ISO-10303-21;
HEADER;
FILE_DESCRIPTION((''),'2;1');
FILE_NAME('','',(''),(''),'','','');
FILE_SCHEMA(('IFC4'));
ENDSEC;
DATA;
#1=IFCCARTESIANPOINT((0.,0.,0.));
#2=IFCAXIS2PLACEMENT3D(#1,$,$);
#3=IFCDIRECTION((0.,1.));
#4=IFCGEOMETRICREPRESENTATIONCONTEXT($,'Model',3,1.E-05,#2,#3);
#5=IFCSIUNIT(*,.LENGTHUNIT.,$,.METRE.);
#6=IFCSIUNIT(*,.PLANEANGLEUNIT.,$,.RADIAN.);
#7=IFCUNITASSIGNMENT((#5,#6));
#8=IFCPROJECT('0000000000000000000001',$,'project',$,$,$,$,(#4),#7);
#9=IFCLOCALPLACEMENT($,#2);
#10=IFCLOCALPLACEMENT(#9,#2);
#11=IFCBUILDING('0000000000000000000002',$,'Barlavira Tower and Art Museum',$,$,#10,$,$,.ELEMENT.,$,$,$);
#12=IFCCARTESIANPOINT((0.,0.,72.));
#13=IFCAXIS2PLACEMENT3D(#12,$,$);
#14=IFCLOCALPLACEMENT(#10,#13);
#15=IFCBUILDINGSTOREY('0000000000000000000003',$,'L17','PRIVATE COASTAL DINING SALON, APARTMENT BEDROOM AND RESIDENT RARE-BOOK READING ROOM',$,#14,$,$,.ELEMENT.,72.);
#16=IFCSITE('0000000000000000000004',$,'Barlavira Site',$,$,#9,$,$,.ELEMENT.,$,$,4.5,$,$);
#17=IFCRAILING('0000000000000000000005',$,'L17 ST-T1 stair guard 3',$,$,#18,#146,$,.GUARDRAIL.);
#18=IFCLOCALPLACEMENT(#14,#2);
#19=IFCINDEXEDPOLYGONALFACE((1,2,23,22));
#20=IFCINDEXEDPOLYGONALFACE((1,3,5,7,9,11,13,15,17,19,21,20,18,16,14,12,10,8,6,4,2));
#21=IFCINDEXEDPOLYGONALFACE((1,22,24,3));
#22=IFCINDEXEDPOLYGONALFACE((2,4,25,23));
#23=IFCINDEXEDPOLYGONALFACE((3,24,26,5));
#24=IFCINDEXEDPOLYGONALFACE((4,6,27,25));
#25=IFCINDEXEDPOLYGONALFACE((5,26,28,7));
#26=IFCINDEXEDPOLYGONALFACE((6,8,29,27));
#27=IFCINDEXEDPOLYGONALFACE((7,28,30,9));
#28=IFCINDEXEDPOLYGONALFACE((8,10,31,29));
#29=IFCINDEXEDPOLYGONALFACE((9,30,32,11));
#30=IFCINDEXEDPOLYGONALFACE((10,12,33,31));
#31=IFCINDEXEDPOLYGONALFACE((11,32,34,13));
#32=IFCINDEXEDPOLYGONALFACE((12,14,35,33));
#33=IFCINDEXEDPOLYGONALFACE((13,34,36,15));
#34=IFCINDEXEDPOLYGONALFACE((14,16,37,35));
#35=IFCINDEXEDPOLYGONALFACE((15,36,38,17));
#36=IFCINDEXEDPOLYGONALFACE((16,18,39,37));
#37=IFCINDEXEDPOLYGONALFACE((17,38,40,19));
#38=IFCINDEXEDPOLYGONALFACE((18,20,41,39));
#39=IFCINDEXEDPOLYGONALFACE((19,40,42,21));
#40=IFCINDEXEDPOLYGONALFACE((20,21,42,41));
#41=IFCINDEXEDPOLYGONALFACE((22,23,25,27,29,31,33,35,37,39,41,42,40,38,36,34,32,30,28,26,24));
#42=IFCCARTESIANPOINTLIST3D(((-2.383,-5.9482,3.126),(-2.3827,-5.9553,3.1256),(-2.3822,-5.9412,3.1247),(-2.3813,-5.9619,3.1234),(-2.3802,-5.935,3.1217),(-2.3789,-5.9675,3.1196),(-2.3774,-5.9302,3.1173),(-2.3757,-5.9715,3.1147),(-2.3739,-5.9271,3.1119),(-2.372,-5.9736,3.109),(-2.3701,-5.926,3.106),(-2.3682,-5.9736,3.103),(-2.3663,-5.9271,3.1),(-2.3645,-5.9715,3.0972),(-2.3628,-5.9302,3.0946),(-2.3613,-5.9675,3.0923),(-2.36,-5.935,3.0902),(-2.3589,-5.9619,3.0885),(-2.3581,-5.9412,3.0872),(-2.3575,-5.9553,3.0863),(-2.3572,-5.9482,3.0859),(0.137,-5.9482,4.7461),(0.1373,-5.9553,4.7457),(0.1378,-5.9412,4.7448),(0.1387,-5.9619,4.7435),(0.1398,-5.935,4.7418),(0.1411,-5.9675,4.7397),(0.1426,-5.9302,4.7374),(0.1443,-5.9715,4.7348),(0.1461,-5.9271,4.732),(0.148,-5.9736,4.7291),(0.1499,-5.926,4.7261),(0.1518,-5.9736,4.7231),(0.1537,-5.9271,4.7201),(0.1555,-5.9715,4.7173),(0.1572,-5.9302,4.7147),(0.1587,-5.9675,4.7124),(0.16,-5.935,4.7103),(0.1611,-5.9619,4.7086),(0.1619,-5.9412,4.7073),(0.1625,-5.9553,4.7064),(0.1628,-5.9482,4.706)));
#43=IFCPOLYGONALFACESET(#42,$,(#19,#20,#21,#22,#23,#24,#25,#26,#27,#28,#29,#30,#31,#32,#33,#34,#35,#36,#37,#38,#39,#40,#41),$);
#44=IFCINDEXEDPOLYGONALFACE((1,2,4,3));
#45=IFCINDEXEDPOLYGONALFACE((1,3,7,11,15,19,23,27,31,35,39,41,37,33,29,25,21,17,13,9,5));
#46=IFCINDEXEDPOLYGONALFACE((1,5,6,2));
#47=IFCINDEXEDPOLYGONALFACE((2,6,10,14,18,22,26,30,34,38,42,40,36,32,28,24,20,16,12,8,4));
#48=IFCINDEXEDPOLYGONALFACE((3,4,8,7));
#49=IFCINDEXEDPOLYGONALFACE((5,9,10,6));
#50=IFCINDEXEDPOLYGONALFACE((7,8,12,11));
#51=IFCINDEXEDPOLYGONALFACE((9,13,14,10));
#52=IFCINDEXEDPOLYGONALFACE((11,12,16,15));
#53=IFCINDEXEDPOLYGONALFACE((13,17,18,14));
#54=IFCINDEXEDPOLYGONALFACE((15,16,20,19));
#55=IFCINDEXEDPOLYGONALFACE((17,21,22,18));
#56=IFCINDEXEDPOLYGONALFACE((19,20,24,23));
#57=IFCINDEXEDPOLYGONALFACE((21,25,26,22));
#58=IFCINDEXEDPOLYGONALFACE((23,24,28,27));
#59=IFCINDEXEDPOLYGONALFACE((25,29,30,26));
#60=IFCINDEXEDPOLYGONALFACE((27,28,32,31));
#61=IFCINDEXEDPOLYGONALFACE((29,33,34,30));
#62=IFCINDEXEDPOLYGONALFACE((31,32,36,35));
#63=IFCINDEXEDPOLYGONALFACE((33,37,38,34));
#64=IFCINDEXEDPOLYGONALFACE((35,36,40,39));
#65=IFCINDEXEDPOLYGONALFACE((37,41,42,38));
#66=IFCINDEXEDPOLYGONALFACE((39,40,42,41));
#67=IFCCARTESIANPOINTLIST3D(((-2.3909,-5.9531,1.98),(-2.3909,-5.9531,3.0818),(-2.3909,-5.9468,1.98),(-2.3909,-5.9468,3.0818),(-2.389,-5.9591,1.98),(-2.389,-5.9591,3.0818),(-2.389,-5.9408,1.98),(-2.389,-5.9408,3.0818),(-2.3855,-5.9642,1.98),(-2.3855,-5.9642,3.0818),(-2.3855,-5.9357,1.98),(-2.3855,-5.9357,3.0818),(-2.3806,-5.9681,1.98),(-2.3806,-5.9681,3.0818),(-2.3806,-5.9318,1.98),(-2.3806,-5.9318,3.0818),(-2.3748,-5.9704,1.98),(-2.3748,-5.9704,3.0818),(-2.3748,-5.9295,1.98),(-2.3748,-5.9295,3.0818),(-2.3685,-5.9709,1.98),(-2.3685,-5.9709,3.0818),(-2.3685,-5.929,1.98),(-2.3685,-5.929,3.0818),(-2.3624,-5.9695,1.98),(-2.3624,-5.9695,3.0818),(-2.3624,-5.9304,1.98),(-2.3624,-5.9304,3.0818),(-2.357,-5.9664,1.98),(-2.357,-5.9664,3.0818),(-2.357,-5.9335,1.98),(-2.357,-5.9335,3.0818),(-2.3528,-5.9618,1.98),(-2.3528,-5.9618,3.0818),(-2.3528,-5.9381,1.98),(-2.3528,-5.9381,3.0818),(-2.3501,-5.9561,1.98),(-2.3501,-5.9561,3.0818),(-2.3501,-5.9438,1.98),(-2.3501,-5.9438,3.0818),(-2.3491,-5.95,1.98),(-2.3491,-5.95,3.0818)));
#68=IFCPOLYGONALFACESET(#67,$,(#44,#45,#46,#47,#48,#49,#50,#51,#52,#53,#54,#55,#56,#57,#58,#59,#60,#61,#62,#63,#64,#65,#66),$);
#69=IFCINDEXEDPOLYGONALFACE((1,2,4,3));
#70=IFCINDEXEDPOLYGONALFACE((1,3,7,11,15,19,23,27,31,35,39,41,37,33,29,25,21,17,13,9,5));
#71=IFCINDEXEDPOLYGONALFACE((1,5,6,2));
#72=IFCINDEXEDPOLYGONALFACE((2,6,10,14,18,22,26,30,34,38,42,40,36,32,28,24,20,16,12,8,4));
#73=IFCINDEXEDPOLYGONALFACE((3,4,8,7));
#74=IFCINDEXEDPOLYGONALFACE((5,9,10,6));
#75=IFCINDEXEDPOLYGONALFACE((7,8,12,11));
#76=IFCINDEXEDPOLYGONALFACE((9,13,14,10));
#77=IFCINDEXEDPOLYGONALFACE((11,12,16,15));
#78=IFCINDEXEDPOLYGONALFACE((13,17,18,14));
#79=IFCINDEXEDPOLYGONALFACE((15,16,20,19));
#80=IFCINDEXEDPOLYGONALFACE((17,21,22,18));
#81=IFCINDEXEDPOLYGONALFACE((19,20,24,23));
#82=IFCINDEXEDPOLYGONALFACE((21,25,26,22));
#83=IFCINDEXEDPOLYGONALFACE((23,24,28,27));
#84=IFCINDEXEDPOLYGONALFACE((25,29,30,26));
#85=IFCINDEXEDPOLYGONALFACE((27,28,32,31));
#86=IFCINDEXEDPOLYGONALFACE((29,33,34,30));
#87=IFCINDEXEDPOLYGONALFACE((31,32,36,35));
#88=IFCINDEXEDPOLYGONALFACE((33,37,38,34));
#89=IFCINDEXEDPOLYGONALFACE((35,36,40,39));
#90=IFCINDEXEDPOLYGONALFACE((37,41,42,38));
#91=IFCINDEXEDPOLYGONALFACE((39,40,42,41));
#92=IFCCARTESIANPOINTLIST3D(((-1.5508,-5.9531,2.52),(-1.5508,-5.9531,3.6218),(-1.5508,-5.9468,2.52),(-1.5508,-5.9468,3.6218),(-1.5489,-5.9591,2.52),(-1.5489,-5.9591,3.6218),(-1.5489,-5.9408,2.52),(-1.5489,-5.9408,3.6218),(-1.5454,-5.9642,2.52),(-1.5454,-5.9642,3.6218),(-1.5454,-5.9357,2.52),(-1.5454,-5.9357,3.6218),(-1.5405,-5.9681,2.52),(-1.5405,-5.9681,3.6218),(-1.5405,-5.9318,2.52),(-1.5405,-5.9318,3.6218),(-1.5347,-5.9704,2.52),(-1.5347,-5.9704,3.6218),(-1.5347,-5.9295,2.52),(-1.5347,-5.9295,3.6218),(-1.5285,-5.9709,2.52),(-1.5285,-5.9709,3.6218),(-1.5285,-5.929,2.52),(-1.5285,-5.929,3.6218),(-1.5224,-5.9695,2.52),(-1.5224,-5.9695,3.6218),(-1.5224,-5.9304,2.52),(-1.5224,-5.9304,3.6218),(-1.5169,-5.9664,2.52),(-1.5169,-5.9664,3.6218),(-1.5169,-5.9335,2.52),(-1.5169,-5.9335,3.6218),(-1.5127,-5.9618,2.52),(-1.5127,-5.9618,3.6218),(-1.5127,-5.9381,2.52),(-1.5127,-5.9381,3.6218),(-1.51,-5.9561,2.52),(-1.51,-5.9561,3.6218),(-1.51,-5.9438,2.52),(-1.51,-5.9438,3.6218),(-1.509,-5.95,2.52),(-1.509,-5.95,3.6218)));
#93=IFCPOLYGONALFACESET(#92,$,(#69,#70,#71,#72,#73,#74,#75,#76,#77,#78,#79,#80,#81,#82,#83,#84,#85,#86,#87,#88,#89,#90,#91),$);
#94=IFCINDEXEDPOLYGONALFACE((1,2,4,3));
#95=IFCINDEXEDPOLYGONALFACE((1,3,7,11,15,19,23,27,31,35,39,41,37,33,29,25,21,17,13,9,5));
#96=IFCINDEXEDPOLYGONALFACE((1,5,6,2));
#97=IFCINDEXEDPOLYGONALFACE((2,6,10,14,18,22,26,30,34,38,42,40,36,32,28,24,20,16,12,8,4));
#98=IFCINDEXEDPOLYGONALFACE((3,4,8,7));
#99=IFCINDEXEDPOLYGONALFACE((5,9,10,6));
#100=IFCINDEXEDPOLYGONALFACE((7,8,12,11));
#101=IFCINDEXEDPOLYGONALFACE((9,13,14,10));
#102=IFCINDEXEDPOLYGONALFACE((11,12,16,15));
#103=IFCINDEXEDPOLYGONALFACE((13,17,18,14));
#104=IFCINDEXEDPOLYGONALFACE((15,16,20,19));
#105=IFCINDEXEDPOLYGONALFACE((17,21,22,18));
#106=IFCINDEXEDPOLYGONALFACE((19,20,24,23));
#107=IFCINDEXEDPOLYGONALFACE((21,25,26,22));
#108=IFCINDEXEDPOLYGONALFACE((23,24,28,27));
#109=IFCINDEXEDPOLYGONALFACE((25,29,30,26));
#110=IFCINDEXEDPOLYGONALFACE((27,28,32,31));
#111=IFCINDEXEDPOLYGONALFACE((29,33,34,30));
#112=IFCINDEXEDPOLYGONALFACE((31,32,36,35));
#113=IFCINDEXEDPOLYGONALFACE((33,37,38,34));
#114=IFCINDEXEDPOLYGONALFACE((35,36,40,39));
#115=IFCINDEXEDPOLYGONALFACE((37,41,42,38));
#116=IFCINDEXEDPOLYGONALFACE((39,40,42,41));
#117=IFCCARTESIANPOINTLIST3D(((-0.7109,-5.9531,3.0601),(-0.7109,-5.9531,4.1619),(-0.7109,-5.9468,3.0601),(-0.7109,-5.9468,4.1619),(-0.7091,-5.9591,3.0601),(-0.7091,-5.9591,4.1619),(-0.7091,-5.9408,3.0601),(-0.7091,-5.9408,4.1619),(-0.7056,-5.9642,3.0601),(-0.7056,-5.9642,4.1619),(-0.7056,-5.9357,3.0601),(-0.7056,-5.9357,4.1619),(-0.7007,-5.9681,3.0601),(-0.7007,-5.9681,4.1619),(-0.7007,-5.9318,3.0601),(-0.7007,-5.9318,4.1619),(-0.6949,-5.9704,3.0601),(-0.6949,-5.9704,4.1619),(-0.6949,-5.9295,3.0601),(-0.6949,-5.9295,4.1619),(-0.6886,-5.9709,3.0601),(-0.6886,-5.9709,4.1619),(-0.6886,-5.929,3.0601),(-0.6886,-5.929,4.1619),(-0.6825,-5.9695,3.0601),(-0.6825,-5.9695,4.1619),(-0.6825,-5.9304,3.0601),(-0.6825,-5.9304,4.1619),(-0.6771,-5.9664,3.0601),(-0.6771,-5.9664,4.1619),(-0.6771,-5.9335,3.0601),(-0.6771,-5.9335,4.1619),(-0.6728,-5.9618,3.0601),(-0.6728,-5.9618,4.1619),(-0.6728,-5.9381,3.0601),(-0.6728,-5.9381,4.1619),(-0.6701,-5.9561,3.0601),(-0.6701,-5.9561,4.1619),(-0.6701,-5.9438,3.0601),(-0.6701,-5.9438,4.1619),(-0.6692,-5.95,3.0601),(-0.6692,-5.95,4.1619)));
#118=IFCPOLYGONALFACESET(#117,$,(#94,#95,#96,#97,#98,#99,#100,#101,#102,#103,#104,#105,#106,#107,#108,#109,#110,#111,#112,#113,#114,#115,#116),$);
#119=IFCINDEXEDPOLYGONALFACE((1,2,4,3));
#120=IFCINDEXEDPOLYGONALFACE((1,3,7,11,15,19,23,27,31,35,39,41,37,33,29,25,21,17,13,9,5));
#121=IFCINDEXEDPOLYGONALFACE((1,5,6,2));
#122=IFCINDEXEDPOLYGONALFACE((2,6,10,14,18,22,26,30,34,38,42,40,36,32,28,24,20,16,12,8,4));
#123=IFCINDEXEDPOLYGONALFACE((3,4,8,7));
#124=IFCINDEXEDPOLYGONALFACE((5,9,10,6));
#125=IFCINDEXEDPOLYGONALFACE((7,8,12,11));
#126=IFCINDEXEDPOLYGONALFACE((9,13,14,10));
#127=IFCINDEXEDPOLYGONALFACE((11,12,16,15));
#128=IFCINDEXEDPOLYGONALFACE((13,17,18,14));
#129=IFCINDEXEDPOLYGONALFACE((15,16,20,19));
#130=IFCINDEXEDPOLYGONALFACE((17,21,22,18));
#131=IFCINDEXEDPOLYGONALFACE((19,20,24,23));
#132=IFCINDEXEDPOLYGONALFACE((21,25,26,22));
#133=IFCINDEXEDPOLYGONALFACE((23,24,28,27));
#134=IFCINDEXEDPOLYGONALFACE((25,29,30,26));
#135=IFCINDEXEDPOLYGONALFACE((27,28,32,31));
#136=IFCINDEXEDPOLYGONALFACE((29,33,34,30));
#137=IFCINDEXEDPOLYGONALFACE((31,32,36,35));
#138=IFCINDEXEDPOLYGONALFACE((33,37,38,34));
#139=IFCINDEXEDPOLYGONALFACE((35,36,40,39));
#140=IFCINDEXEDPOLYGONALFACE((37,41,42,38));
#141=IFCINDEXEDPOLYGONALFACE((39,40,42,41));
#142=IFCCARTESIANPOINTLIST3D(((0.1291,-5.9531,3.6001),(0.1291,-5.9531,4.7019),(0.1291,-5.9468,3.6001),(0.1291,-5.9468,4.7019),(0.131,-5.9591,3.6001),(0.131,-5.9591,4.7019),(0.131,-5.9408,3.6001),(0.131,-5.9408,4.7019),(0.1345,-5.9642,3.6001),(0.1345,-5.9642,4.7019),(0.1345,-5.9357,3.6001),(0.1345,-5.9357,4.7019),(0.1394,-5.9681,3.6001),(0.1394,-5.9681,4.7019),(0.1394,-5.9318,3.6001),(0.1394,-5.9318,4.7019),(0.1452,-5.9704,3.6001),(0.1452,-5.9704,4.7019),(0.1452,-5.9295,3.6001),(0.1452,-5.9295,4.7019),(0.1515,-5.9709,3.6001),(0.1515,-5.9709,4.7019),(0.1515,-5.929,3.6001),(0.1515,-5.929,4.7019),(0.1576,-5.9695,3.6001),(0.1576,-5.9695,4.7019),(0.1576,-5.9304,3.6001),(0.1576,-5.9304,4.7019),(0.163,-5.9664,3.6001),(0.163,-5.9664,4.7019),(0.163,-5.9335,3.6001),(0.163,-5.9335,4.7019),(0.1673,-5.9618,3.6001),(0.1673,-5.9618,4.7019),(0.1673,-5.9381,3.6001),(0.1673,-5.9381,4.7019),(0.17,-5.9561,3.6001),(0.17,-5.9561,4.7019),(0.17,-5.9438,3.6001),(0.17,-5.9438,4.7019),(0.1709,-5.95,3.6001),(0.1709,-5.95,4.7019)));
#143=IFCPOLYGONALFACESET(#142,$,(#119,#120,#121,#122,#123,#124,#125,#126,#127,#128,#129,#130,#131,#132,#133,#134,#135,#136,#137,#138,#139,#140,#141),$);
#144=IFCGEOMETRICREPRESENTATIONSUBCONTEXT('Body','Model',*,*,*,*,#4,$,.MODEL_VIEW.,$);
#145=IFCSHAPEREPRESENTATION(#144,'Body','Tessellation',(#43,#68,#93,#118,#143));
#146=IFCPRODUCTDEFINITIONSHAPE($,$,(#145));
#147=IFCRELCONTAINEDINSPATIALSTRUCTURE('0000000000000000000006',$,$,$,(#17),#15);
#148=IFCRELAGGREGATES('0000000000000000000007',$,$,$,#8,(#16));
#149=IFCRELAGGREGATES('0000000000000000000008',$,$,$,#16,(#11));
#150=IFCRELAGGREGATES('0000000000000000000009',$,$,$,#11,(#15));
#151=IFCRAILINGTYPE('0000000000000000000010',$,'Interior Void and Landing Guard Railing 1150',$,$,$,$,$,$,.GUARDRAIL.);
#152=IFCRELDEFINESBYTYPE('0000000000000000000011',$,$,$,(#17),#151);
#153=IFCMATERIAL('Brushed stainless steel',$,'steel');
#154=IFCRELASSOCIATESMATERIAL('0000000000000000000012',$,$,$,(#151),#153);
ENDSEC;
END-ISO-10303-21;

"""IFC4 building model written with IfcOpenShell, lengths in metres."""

from ifc_helpers import new_model, si_unit, direction, frame, origin, origin_2d, place, context, subcontext, project, spatial, circle, extrude, material, type_object, element, save


model = new_model("IFC4")

# Units and contexts
model_context = context("Model", 3, precision=1e-05, world=origin(), true_north=direction((0.0, 1.0)))
body_context = subcontext(model_context, "Body", "Model", "MODEL_VIEW")
ifc_project = project(units=[si_unit("LENGTHUNIT", "METRE"), si_unit("PLANEANGLEUNIT", "RADIAN")], contexts=[model_context])

# Site, building, storey
site_placement = place(None, origin())
site = spatial("IfcSite", under=ifc_project, at=site_placement, Name="Barlavira Site", CompositionType="ELEMENT", RefElevation=4.5)
building_placement = place(site_placement, origin())
building = spatial("IfcBuilding", under=site, at=building_placement, Name="Barlavira Tower and Art Museum", CompositionType="ELEMENT")
storey_placement = place(building_placement, frame((0.0, 0.0, 72.0)))
storey = spatial("IfcBuildingStorey", under=building, at=storey_placement, Name="L17", Description="PRIVATE COASTAL DINING SALON, APARTMENT BEDROOM AND RESIDENT RARE-BOOK READING ROOM", CompositionType="ELEMENT", Elevation=72.0)

# Shared definitions
ifc_material_1 = material(Name="Brushed stainless steel", Category="steel")

# Railing
railing_type_1 = type_object("IfcRailingType", Name="Interior Void and Landing Guard Railing 1150", PredefinedType="GUARDRAIL", material=ifc_material_1)
railing_1_placement = place(storey_placement, frame((-2.3701, -5.95, 1.98)))
element("IfcRailing", 1, at=railing_1_placement, inside=storey, type_object=railing_type_1, Name="L17 ST-T1 stair guard 3", PredefinedType="GUARDRAIL", context=body_context, shape_type="SweptSolid", body=[
    extrude(circle(Radius=0.0239, at=origin_2d()), frame((0.0, 0.0, 1.126), z_axis=(0.841163, 0.0, 0.540782), x_axis=(0.0, 1.0, 0.0)), (0.0, 0.0, 1.0), 2.9958),
    extrude(circle(Radius=0.021, at=origin_2d()), origin(), (0.0, 0.0, 1.0), 1.1018),
    extrude(circle(Radius=0.021, at=origin_2d()), frame((0.8401, 0.0, 0.54)), (0.0, 0.0, 1.0), 1.1018),
    extrude(circle(Radius=0.021, at=origin_2d()), frame((1.6799, 0.0, 1.0801)), (0.0, 0.0, 1.0), 1.1018),
    extrude(circle(Radius=0.021, at=origin_2d()), frame((2.52, 0.0, 1.6201)), (0.0, 0.0, 1.0), 1.1018),
])

save(model, "model.ifc")
